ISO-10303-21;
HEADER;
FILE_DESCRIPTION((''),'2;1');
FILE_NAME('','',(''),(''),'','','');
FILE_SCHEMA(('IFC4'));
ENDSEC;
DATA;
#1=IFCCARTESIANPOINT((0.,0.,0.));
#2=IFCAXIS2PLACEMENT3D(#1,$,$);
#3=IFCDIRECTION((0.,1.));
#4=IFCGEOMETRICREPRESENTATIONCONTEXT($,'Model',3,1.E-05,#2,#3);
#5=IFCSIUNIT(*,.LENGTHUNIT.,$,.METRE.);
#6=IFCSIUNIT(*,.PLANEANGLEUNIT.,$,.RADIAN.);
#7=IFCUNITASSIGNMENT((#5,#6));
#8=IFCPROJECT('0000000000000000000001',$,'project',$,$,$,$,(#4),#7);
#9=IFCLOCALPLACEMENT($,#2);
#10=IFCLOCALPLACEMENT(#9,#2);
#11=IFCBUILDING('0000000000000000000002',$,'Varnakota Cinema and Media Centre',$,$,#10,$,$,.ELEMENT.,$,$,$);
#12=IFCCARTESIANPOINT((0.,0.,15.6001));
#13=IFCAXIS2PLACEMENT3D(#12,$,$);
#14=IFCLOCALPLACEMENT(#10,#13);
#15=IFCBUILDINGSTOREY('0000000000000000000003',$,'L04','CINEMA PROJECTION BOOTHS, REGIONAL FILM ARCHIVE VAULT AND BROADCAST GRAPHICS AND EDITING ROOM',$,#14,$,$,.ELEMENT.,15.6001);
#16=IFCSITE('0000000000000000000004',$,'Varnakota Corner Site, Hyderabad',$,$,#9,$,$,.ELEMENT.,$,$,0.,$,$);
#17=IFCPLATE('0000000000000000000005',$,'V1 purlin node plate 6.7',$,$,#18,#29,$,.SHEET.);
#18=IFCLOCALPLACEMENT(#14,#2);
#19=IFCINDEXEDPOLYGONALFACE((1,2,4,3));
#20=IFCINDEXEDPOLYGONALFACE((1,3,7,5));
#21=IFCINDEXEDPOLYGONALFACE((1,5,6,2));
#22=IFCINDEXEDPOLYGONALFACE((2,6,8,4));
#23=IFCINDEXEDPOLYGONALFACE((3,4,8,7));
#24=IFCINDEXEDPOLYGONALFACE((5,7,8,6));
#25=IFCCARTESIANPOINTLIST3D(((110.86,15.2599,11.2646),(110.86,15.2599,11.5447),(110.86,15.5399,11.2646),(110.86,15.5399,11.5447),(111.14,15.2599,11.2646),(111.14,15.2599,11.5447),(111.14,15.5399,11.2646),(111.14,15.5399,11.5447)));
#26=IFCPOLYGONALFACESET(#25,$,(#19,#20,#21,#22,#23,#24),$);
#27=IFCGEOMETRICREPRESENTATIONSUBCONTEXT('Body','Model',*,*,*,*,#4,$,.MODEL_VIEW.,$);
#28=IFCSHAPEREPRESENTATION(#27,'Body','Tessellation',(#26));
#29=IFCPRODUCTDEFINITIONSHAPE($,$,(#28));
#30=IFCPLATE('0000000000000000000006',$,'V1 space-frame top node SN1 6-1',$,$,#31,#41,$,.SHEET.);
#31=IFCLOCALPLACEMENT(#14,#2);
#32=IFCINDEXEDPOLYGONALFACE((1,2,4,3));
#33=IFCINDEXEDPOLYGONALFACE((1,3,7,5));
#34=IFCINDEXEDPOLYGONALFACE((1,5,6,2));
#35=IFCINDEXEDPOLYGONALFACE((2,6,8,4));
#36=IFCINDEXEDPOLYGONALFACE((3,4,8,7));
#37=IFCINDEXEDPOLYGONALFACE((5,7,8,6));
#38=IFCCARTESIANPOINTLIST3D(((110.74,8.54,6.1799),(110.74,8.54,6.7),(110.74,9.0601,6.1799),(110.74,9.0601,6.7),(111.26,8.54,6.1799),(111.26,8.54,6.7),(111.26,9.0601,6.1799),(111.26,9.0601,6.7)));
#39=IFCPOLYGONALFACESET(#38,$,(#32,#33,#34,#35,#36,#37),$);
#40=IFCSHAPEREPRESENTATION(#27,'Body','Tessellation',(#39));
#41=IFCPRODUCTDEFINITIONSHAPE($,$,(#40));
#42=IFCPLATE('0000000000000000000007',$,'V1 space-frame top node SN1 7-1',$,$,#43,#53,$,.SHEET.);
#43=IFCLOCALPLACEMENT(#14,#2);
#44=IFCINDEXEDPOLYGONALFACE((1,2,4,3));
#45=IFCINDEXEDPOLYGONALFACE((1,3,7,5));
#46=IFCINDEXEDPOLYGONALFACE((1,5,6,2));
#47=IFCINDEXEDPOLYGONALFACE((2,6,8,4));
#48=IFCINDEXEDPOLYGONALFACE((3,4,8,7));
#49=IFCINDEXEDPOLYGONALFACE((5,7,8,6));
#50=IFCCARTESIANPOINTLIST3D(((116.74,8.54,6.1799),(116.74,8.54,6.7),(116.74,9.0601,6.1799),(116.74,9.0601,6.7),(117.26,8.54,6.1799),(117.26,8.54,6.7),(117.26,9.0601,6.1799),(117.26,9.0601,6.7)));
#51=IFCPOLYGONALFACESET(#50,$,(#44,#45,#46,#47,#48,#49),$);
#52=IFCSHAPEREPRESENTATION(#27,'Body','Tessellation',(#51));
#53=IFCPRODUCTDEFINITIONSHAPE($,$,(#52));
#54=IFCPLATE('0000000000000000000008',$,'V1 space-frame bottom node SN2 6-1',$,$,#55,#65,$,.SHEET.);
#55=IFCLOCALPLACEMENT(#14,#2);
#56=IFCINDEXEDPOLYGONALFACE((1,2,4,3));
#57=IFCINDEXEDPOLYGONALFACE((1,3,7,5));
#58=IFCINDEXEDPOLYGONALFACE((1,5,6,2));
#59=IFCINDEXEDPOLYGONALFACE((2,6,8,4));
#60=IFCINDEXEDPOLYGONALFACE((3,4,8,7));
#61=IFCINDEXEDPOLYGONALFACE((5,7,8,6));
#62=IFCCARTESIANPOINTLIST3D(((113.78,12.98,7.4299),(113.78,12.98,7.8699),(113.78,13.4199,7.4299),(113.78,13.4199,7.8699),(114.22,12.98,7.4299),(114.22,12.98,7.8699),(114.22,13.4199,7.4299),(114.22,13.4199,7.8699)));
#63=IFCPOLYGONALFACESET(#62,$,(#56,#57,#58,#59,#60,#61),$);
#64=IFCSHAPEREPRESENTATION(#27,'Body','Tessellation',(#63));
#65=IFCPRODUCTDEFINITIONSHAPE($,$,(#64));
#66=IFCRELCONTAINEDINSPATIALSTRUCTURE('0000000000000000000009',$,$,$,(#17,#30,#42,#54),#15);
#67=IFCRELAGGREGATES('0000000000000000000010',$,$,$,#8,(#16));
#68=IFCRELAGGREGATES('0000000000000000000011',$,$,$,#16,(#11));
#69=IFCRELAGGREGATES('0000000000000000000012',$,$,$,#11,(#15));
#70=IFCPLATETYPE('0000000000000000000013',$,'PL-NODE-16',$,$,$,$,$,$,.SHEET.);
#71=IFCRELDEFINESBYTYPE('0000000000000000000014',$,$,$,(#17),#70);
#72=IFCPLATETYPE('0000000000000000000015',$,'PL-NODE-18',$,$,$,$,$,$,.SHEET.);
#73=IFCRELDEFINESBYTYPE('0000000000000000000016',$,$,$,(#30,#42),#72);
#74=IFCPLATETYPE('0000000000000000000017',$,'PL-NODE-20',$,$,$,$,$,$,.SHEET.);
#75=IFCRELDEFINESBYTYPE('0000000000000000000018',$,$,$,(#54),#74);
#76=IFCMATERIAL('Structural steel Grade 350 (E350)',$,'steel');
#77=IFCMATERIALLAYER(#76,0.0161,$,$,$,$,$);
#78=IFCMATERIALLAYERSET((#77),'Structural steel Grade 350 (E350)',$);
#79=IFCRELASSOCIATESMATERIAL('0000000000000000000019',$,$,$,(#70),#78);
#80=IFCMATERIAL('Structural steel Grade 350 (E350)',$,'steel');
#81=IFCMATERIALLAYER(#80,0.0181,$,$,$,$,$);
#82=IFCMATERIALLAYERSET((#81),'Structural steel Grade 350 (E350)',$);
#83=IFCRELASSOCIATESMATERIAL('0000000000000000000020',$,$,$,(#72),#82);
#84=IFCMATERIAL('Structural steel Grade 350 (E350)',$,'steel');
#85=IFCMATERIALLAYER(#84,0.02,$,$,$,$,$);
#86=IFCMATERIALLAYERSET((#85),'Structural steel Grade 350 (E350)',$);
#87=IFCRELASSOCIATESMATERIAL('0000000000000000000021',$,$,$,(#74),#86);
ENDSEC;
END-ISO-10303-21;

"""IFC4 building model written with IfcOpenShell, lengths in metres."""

from ifc_helpers import new_model, si_unit, direction, frame, origin, origin_2d, place, context, subcontext, project, spatial, rectangle, extrude, material, layer, layer_set, type_object, element, save


model = new_model("IFC4")

# Units and contexts
model_context = context("Model", 3, precision=1e-05, world=origin(), true_north=direction((0.0, 1.0)))
body_context = subcontext(model_context, "Body", "Model", "MODEL_VIEW")
ifc_project = project(units=[si_unit("LENGTHUNIT", "METRE"), si_unit("PLANEANGLEUNIT", "RADIAN")], contexts=[model_context])

# Site, building, storey
site_placement = place(None, origin())
site = spatial("IfcSite", under=ifc_project, at=site_placement, Name="Varnakota Corner Site, Hyderabad", CompositionType="ELEMENT", RefElevation=0.0)
building_placement = place(site_placement, origin())
building = spatial("IfcBuilding", under=site, at=building_placement, Name="Varnakota Cinema and Media Centre", CompositionType="ELEMENT")
storey_placement = place(building_placement, frame((0.0, 0.0, 15.6001)))
storey = spatial("IfcBuildingStorey", under=building, at=storey_placement, Name="L04", Description="CINEMA PROJECTION BOOTHS, REGIONAL FILM ARCHIVE VAULT AND BROADCAST GRAPHICS AND EDITING ROOM", CompositionType="ELEMENT", Elevation=15.6001)

# Plates
ifc_material_1 = material(Name="Structural steel Grade 350 (E350)", Category="steel")
ifc_layer_1 = layer(ifc_material_1, 0.0161)
ifc_layer_set_1 = layer_set([ifc_layer_1], Name="Structural steel Grade 350 (E350)")
plate_type_1 = type_object("IfcPlateType", Name="PL-NODE-16", PredefinedType="SHEET", material=ifc_layer_set_1)
for number, where, z_axis, x_axis, name in (
    (1, (111.0, 15.3999, 11.2646), (0.0, 0.0, 1.0), (1.0, 0.0, 0.0), "V1 purlin node plate 6.7"),
):
    element("IfcPlate", number, at=place(storey_placement, frame(where, z_axis=z_axis, x_axis=x_axis)), inside=storey, type_object=plate_type_1, Name=name, PredefinedType="SHEET", context=body_context, shape_type="SweptSolid", body=[
        extrude(rectangle(XDim=0.28, YDim=0.28, at=origin_2d()), origin(), (0.0, 0.0, 1.0), 0.28),
    ])
ifc_material_2 = material(Name="Structural steel Grade 350 (E350)", Category="steel")
ifc_layer_2 = layer(ifc_material_2, 0.0181)
ifc_layer_set_2 = layer_set([ifc_layer_2], Name="Structural steel Grade 350 (E350)")
plate_type_2 = type_object("IfcPlateType", Name="PL-NODE-18", PredefinedType="SHEET", material=ifc_layer_set_2)
for number, where, z_axis, x_axis, name in (
    (2, (111.0, 8.8, 6.1799), (0.0, 0.0, 1.0), (1.0, 0.0, 0.0), "V1 space-frame top node SN1 6-1"),
    (3, (117.0, 8.8, 6.1799), (0.0, 0.0, 1.0), (1.0, 0.0, 0.0), "V1 space-frame top node SN1 7-1"),
):
    element("IfcPlate", number, at=place(storey_placement, frame(where, z_axis=z_axis, x_axis=x_axis)), inside=storey, type_object=plate_type_2, Name=name, PredefinedType="SHEET", context=body_context, shape_type="SweptSolid", body=[
        extrude(rectangle(XDim=0.52, YDim=0.52, at=origin_2d()), origin(), (0.0, 0.0, 1.0), 0.52),
    ])
ifc_material_3 = material(Name="Structural steel Grade 350 (E350)", Category="steel")
ifc_layer_3 = layer(ifc_material_3, 0.02)
ifc_layer_set_3 = layer_set([ifc_layer_3], Name="Structural steel Grade 350 (E350)")
plate_type_3 = type_object("IfcPlateType", Name="PL-NODE-20", PredefinedType="SHEET", material=ifc_layer_set_3)
plate_placement = place(storey_placement, frame((114.0, 13.2, 7.4299), z_axis=(0.0, 0.0, 1.0), x_axis=(1.0, 0.0, 0.0)))
element("IfcPlate", 4, at=plate_placement, inside=storey, type_object=plate_type_3, Name="V1 space-frame bottom node SN2 6-1", PredefinedType="SHEET", context=body_context, shape_type="SweptSolid", body=[
    extrude(rectangle(XDim=0.4399, YDim=0.4399, at=origin_2d()), origin(), (0.0, 0.0, 1.0), 0.4399),
])

save(model, "model.ifc")
